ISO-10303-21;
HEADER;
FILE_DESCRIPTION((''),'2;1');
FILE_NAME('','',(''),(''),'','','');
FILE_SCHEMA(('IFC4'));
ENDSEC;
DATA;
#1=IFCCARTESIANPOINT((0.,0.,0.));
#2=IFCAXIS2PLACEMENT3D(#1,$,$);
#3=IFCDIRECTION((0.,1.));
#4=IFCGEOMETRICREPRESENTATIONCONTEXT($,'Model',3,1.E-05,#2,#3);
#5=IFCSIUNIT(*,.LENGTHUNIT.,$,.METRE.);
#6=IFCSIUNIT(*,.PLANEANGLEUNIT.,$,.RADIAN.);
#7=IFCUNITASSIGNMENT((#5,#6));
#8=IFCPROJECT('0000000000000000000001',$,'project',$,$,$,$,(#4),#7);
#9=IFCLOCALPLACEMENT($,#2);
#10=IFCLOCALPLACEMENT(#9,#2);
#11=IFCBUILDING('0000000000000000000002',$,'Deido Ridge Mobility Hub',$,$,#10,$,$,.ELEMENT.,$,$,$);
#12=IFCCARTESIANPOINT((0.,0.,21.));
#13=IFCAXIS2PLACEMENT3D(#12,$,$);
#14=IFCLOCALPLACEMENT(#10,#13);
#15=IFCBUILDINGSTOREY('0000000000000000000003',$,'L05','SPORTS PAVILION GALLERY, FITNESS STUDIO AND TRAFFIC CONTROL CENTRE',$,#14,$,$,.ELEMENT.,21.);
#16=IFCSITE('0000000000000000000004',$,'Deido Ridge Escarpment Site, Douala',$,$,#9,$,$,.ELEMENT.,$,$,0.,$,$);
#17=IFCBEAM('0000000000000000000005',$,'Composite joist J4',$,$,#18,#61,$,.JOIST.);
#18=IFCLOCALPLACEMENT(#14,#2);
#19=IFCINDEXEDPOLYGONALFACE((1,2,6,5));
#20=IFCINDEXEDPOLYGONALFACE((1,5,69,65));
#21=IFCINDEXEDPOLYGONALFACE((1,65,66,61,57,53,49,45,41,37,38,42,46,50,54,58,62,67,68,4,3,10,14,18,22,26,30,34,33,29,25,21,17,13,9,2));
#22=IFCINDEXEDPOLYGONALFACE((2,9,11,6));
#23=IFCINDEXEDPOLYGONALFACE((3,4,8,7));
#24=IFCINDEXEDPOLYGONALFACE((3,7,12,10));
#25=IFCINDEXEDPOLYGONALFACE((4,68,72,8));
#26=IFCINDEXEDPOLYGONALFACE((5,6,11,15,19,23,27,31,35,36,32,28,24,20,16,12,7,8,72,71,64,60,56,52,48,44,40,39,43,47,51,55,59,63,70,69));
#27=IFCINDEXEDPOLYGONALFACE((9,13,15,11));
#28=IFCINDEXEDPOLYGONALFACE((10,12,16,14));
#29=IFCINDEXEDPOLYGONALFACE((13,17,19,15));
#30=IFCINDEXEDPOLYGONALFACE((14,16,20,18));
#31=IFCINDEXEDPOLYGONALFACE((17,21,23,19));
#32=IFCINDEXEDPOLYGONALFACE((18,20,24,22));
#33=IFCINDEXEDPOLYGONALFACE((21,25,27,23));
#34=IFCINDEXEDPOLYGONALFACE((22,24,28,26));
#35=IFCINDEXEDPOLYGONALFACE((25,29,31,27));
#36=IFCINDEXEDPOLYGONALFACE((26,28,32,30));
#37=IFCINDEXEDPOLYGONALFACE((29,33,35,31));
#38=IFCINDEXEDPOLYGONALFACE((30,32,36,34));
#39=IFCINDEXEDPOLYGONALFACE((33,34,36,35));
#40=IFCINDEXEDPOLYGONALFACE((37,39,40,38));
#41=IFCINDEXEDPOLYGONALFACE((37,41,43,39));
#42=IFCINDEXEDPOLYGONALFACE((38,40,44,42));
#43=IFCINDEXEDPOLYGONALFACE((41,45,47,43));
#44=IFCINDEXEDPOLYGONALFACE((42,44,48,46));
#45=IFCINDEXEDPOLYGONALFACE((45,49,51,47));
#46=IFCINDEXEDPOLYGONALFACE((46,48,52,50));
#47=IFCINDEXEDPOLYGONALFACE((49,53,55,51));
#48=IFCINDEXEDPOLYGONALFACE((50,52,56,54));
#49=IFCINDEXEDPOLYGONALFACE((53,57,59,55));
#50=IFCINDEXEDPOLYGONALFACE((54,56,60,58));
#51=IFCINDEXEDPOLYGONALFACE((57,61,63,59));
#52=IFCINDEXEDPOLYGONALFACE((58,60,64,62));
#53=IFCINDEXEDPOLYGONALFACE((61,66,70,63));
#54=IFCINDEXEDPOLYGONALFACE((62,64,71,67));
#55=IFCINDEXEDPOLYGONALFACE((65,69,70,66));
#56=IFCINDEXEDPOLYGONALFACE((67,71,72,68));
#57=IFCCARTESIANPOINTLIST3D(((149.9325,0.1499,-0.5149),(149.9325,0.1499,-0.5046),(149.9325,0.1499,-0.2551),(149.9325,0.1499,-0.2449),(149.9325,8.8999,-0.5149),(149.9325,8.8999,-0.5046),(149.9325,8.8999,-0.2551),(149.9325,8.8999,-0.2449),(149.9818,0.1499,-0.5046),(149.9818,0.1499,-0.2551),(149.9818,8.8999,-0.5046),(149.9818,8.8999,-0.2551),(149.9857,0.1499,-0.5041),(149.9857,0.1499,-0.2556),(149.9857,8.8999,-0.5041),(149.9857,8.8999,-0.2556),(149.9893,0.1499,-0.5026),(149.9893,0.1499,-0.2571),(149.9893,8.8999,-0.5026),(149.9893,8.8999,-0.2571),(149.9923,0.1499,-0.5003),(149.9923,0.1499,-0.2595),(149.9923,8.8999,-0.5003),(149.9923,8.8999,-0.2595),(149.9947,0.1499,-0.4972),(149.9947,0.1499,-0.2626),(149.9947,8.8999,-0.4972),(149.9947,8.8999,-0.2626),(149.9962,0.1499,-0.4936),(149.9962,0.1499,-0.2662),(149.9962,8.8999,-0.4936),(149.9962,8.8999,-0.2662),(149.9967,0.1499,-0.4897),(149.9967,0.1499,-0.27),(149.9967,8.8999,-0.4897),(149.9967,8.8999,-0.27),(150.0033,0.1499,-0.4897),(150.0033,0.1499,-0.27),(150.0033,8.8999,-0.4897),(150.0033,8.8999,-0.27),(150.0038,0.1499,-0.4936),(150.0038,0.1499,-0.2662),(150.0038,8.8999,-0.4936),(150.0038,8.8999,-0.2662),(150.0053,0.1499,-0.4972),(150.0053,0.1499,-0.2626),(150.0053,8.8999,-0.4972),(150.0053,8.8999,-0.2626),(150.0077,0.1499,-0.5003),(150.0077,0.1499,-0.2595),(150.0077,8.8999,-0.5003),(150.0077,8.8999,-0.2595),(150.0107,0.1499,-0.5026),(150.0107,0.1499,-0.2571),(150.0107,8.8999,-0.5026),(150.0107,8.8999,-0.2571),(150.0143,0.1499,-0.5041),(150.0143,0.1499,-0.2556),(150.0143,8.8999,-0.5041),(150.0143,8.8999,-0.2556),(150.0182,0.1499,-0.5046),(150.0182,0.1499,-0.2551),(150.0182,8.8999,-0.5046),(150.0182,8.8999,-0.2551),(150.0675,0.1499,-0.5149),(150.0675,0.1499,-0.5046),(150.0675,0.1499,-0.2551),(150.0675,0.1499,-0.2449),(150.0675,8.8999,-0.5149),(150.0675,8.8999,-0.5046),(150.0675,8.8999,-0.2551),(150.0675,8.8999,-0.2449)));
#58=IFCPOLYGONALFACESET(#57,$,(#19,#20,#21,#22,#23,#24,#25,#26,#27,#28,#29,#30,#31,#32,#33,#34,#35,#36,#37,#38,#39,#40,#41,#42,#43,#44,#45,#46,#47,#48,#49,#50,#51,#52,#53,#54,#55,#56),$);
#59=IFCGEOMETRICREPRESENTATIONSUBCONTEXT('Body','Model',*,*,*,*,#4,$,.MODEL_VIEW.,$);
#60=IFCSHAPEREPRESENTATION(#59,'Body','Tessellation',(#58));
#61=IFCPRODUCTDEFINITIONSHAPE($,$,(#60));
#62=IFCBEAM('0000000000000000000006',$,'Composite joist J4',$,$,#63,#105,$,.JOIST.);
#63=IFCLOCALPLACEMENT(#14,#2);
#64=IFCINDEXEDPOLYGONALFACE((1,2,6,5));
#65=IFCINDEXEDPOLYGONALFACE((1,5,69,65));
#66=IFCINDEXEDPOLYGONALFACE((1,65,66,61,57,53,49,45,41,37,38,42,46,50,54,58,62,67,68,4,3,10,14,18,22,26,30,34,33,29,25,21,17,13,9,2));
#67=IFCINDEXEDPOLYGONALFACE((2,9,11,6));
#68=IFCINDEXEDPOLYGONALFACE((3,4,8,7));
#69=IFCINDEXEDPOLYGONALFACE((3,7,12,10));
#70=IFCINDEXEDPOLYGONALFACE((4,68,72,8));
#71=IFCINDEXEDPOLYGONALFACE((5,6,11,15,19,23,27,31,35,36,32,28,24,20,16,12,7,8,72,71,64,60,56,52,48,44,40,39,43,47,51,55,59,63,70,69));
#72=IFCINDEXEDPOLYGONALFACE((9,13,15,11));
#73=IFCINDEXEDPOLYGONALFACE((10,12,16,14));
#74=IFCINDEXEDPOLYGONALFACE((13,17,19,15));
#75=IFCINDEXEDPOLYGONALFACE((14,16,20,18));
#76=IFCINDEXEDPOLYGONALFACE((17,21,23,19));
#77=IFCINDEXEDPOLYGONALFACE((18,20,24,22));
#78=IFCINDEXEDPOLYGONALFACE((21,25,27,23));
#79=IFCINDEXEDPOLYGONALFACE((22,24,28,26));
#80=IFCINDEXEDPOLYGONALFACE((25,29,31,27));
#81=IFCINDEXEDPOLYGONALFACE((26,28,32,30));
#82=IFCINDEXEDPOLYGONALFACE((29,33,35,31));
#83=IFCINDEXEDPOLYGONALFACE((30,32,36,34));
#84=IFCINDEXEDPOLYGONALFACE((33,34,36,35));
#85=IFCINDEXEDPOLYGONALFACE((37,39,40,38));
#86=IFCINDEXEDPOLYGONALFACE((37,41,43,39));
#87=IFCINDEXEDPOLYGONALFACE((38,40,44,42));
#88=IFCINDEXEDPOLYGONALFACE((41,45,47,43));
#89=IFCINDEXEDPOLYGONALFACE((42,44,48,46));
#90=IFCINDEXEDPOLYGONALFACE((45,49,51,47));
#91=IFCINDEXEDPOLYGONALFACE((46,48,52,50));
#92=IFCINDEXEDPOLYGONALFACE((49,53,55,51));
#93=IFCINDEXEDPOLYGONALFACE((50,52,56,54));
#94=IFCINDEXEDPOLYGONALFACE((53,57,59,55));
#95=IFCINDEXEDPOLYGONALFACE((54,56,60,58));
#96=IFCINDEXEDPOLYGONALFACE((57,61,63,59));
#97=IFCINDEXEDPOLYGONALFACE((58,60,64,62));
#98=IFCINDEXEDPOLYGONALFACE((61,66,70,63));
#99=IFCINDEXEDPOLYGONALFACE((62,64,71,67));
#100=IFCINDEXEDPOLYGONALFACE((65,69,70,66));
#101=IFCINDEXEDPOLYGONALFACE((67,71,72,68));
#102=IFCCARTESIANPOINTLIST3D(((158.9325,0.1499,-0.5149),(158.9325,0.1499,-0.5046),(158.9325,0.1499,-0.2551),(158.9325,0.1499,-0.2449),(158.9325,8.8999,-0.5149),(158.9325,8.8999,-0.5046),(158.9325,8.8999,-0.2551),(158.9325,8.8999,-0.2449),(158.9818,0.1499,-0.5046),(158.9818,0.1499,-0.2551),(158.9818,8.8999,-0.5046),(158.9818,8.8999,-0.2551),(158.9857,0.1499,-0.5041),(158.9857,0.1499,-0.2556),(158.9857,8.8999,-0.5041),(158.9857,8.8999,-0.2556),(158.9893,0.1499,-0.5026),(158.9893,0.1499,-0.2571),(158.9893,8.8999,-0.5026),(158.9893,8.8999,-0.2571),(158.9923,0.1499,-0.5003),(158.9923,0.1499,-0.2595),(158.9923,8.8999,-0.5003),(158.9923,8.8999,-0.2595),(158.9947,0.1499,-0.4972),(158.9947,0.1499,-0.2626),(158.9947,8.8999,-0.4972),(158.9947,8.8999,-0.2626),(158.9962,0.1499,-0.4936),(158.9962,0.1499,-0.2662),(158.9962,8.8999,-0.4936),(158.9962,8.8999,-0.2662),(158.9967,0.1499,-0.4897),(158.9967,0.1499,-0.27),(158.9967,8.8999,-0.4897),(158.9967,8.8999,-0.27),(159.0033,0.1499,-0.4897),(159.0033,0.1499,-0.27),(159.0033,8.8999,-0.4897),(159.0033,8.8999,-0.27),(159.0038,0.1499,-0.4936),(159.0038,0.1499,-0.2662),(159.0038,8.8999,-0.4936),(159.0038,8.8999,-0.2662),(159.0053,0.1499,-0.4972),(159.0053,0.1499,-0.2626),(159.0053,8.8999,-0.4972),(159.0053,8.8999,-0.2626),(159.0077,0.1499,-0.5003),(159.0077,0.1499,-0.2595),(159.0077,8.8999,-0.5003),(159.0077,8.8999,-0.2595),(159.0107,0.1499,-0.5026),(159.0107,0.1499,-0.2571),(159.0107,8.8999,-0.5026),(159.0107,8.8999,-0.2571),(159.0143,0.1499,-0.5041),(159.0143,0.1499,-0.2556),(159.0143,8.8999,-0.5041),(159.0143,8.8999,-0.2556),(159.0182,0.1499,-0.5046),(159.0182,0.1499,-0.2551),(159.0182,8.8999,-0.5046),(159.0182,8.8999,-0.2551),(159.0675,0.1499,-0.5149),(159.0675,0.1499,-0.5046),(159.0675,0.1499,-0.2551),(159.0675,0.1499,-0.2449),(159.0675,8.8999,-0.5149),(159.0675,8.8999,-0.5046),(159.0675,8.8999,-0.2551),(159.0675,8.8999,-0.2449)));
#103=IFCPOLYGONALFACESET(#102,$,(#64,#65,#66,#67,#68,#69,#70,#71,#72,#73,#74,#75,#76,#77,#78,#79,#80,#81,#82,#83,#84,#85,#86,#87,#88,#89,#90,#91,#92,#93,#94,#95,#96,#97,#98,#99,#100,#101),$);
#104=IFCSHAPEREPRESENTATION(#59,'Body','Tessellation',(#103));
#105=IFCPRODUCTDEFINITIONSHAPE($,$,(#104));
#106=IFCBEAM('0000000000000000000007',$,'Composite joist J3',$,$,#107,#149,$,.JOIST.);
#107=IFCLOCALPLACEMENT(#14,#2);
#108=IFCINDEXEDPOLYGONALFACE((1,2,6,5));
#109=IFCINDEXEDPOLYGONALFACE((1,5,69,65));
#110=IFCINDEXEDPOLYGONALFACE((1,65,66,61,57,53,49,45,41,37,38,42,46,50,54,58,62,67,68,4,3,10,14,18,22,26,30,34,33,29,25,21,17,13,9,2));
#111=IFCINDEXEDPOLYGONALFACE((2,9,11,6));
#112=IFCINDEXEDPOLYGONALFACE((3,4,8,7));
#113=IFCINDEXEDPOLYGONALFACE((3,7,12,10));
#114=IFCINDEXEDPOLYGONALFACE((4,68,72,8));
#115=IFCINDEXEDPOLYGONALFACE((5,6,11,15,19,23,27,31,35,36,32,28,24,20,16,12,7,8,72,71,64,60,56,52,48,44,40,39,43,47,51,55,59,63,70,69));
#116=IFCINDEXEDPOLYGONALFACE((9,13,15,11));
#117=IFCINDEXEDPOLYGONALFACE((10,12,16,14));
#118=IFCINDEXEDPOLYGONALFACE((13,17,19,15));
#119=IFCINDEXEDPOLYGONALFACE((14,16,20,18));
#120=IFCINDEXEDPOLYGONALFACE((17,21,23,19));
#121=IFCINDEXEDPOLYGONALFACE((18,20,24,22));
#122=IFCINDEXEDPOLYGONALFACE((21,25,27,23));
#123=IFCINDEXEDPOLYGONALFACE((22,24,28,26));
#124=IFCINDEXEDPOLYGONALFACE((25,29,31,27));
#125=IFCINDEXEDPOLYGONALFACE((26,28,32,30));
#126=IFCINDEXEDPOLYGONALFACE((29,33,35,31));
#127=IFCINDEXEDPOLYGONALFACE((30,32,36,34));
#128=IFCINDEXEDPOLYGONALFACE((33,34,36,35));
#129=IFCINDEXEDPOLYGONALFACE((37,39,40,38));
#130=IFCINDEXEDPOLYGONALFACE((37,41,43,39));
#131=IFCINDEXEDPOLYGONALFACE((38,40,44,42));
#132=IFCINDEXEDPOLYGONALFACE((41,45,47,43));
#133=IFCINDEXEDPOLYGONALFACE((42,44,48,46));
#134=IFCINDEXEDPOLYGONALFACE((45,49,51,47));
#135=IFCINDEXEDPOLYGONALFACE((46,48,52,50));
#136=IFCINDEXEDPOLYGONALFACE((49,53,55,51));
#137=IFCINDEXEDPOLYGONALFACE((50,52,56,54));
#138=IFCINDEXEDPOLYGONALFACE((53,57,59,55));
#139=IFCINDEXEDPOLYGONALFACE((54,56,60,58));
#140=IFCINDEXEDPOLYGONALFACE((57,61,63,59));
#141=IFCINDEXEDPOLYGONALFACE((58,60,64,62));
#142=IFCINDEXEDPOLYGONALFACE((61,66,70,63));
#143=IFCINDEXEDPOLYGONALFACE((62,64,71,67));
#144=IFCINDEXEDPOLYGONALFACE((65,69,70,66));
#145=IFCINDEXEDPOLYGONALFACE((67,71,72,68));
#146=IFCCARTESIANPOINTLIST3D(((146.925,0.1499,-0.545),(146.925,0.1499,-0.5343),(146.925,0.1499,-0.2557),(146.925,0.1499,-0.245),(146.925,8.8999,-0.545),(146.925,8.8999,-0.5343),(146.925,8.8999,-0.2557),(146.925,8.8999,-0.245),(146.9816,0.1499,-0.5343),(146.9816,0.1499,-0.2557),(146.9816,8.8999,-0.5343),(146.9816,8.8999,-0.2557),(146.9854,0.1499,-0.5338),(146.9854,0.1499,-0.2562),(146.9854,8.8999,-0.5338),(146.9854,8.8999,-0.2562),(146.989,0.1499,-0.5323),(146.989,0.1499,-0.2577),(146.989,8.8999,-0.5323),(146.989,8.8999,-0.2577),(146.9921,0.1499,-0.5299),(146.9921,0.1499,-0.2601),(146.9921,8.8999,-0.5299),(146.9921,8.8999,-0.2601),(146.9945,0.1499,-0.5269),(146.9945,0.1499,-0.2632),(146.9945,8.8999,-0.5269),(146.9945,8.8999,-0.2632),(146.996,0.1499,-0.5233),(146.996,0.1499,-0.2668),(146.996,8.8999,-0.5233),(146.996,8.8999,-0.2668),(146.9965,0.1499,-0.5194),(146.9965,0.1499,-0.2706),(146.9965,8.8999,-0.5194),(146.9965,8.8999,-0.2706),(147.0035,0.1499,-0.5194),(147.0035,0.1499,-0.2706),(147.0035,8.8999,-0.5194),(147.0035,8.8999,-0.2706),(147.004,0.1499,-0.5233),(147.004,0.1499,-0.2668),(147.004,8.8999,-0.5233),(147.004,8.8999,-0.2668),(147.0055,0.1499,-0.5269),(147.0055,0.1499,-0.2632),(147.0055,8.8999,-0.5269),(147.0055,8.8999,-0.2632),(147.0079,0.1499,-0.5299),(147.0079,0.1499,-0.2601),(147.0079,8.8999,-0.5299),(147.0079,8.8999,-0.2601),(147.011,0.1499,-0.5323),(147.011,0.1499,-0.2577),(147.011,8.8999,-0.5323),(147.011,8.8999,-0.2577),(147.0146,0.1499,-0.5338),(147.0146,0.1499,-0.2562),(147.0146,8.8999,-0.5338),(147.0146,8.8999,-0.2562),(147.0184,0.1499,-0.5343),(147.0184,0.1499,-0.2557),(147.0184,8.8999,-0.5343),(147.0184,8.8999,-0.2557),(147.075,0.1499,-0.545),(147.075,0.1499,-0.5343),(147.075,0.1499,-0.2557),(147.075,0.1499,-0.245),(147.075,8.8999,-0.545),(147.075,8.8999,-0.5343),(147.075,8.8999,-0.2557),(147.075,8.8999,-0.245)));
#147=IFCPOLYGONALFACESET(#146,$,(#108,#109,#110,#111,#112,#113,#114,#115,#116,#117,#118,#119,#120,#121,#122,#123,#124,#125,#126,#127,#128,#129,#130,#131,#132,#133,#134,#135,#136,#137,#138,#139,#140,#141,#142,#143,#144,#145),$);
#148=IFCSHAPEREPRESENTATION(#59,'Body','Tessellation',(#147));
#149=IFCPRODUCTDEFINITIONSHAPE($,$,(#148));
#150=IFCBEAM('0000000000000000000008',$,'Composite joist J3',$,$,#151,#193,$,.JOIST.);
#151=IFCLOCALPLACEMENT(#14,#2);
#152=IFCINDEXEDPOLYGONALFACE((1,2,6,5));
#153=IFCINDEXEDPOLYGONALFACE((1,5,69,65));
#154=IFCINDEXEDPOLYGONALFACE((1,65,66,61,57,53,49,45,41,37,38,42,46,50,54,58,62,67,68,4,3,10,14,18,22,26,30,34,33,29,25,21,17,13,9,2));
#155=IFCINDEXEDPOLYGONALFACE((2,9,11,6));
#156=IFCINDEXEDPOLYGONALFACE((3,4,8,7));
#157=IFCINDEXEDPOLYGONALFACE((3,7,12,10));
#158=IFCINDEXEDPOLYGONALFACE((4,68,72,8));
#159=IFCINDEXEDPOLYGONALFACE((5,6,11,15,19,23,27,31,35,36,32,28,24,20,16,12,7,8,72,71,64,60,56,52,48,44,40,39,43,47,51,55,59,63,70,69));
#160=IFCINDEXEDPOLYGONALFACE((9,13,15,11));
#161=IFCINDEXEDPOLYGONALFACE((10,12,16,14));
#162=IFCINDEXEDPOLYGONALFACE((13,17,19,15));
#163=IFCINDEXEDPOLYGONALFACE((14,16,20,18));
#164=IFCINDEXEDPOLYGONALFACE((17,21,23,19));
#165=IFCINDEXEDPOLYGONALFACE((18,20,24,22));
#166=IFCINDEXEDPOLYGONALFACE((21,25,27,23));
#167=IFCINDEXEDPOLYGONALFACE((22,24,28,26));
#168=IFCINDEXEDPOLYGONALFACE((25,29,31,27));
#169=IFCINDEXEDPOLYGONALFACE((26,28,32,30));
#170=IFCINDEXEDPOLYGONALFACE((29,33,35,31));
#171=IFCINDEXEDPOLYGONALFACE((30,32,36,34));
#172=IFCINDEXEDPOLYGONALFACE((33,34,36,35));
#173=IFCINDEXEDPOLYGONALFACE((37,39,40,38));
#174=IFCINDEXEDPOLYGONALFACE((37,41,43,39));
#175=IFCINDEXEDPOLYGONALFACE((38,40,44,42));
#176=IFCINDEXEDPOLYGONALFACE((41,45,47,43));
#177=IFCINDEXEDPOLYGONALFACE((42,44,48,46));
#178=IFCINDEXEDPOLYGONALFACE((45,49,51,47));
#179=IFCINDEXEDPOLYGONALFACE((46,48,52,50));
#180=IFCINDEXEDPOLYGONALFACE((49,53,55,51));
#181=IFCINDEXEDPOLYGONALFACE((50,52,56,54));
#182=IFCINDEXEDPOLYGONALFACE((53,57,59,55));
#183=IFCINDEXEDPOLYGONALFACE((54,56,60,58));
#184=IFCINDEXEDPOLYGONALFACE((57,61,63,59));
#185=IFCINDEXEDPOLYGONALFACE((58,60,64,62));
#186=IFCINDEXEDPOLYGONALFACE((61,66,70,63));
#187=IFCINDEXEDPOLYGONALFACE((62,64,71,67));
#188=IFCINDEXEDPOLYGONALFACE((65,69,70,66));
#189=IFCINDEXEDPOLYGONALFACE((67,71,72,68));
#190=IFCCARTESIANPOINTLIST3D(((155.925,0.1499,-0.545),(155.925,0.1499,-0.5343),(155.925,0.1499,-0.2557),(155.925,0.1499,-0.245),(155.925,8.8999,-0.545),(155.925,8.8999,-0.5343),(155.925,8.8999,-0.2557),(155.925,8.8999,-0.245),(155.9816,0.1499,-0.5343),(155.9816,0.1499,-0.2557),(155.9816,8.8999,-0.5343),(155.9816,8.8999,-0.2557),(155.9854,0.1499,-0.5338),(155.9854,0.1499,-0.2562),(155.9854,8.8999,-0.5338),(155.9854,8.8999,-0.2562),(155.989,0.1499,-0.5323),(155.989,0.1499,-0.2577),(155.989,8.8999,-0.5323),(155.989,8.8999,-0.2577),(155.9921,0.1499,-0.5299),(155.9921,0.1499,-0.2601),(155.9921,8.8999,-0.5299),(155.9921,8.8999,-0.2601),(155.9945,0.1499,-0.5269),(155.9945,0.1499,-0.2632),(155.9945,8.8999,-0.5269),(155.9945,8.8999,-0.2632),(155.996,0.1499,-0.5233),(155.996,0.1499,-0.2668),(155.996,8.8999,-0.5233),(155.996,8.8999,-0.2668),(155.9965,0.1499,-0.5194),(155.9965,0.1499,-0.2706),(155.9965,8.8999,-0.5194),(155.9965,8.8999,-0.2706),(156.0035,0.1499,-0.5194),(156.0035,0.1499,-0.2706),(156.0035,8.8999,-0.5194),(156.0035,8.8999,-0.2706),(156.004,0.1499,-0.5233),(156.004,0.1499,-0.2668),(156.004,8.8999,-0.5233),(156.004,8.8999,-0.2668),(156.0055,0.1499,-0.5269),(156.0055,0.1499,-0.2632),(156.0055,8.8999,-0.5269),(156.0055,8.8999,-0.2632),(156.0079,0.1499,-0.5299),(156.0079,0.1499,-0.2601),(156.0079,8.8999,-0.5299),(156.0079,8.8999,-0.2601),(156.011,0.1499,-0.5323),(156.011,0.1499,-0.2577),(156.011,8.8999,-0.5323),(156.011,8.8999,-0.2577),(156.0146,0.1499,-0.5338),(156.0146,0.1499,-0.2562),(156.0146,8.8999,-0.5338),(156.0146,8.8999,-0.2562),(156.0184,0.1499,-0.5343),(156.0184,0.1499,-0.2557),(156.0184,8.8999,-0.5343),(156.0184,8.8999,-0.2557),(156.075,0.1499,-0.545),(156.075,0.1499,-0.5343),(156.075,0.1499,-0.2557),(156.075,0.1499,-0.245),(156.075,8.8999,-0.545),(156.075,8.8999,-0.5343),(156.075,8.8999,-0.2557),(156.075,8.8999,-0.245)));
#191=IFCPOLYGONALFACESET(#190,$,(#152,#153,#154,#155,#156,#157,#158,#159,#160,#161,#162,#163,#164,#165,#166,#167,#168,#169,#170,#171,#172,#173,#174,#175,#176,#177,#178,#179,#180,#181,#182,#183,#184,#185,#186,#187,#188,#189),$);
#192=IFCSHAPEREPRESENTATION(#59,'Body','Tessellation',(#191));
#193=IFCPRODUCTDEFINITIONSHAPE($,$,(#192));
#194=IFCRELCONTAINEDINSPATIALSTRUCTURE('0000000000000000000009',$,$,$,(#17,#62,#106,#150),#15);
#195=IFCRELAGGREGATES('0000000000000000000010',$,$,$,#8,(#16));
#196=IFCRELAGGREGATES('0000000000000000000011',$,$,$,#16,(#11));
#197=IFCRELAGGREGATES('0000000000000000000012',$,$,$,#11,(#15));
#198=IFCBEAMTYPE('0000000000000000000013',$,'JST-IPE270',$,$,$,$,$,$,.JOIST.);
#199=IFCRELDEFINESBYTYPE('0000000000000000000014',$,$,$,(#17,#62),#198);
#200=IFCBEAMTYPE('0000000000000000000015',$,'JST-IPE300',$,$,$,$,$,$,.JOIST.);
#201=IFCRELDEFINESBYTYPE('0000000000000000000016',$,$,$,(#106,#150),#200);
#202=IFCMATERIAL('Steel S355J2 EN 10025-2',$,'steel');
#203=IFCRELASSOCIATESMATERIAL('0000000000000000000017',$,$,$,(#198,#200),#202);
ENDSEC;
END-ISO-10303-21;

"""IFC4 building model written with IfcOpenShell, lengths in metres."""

from ifc_helpers import new_model, si_unit, direction, frame, origin, origin_2d, place, context, subcontext, project, spatial, i_section, extrude, material, material_profile, profile_set, type_object, element, save


model = new_model("IFC4")

# Units and contexts
model_context = context("Model", 3, precision=1e-05, world=origin(), true_north=direction((0.0, 1.0)))
body_context = subcontext(model_context, "Body", "Model", "MODEL_VIEW")
ifc_project = project(units=[si_unit("LENGTHUNIT", "METRE"), si_unit("PLANEANGLEUNIT", "RADIAN")], contexts=[model_context])

# Site, building, storey
site_placement = place(None, origin())
site = spatial("IfcSite", under=ifc_project, at=site_placement, Name="Deido Ridge Escarpment Site, Douala", CompositionType="ELEMENT", RefElevation=0.0)
building_placement = place(site_placement, origin())
building = spatial("IfcBuilding", under=site, at=building_placement, Name="Deido Ridge Mobility Hub", CompositionType="ELEMENT")
storey_placement = place(building_placement, frame((0.0, 0.0, 21.0)))
storey = spatial("IfcBuildingStorey", under=building, at=storey_placement, Name="L05", Description="SPORTS PAVILION GALLERY, FITNESS STUDIO AND TRAFFIC CONTROL CENTRE", CompositionType="ELEMENT", Elevation=21.0)

# Shared definitions
ifc_material_1 = material(Name="Steel S355J2 EN 10025-2", Category="steel")

# Beams
ifc_material_profile_1 = material_profile(ifc_material_1, i_section(OverallWidth=0.135, OverallDepth=0.27, WebThickness=0.0066, FlangeThickness=0.0103, FilletRadius=0.0149, at=origin_2d()), Name="IPE 270")
ifc_profile_set_1 = profile_set([ifc_material_profile_1], Name="Steel S355J2 EN 10025-2")
beam_type_1 = type_object("IfcBeamType", Name="JST-IPE270", PredefinedType="JOIST", material=ifc_profile_set_1)
for number, where, z_axis, x_axis, name in (
    (1, (150.0, 0.1499, -0.3799), (0.0, 1.0, 0.0), (-1.0, 0.0, 0.0), "Composite joist J4"),
    (2, (159.0, 0.1499, -0.3799), (0.0, 1.0, 0.0), (-1.0, 0.0, 0.0), "Composite joist J4"),
):
    element("IfcBeam", number, at=place(storey_placement, frame(where, z_axis=z_axis, x_axis=x_axis)), inside=storey, type_object=beam_type_1, Name=name, PredefinedType="JOIST", context=body_context, shape_type="SweptSolid", body=[
        extrude(i_section(OverallWidth=0.135, OverallDepth=0.27, WebThickness=0.0066, FlangeThickness=0.0103, FilletRadius=0.0149, at=origin_2d()), origin(), (0.0, 0.0, 1.0), 8.75),
    ])
ifc_material_profile_2 = material_profile(ifc_material_1, i_section(OverallWidth=0.1499, OverallDepth=0.3, WebThickness=0.0071, FlangeThickness=0.0107, FilletRadius=0.0149, at=origin_2d()), Name="IPE 300")
ifc_profile_set_2 = profile_set([ifc_material_profile_2], Name="Steel S355J2 EN 10025-2")
beam_type_2 = type_object("IfcBeamType", Name="JST-IPE300", PredefinedType="JOIST", material=ifc_profile_set_2)
for number, where, z_axis, x_axis, name in (
    (3, (147.0, 0.1499, -0.395), (0.0, 1.0, 0.0), (-1.0, 0.0, 0.0), "Composite joist J3"),
    (4, (156.0, 0.1499, -0.395), (0.0, 1.0, 0.0), (-1.0, 0.0, 0.0), "Composite joist J3"),
):
    element("IfcBeam", number, at=place(storey_placement, frame(where, z_axis=z_axis, x_axis=x_axis)), inside=storey, type_object=beam_type_2, Name=name, PredefinedType="JOIST", context=body_context, shape_type="SweptSolid", body=[
        extrude(i_section(OverallWidth=0.1499, OverallDepth=0.3, WebThickness=0.0071, FlangeThickness=0.0107, FilletRadius=0.0149, at=origin_2d()), origin(), (0.0, 0.0, 1.0), 8.75),
    ])

save(model, "model.ifc")
